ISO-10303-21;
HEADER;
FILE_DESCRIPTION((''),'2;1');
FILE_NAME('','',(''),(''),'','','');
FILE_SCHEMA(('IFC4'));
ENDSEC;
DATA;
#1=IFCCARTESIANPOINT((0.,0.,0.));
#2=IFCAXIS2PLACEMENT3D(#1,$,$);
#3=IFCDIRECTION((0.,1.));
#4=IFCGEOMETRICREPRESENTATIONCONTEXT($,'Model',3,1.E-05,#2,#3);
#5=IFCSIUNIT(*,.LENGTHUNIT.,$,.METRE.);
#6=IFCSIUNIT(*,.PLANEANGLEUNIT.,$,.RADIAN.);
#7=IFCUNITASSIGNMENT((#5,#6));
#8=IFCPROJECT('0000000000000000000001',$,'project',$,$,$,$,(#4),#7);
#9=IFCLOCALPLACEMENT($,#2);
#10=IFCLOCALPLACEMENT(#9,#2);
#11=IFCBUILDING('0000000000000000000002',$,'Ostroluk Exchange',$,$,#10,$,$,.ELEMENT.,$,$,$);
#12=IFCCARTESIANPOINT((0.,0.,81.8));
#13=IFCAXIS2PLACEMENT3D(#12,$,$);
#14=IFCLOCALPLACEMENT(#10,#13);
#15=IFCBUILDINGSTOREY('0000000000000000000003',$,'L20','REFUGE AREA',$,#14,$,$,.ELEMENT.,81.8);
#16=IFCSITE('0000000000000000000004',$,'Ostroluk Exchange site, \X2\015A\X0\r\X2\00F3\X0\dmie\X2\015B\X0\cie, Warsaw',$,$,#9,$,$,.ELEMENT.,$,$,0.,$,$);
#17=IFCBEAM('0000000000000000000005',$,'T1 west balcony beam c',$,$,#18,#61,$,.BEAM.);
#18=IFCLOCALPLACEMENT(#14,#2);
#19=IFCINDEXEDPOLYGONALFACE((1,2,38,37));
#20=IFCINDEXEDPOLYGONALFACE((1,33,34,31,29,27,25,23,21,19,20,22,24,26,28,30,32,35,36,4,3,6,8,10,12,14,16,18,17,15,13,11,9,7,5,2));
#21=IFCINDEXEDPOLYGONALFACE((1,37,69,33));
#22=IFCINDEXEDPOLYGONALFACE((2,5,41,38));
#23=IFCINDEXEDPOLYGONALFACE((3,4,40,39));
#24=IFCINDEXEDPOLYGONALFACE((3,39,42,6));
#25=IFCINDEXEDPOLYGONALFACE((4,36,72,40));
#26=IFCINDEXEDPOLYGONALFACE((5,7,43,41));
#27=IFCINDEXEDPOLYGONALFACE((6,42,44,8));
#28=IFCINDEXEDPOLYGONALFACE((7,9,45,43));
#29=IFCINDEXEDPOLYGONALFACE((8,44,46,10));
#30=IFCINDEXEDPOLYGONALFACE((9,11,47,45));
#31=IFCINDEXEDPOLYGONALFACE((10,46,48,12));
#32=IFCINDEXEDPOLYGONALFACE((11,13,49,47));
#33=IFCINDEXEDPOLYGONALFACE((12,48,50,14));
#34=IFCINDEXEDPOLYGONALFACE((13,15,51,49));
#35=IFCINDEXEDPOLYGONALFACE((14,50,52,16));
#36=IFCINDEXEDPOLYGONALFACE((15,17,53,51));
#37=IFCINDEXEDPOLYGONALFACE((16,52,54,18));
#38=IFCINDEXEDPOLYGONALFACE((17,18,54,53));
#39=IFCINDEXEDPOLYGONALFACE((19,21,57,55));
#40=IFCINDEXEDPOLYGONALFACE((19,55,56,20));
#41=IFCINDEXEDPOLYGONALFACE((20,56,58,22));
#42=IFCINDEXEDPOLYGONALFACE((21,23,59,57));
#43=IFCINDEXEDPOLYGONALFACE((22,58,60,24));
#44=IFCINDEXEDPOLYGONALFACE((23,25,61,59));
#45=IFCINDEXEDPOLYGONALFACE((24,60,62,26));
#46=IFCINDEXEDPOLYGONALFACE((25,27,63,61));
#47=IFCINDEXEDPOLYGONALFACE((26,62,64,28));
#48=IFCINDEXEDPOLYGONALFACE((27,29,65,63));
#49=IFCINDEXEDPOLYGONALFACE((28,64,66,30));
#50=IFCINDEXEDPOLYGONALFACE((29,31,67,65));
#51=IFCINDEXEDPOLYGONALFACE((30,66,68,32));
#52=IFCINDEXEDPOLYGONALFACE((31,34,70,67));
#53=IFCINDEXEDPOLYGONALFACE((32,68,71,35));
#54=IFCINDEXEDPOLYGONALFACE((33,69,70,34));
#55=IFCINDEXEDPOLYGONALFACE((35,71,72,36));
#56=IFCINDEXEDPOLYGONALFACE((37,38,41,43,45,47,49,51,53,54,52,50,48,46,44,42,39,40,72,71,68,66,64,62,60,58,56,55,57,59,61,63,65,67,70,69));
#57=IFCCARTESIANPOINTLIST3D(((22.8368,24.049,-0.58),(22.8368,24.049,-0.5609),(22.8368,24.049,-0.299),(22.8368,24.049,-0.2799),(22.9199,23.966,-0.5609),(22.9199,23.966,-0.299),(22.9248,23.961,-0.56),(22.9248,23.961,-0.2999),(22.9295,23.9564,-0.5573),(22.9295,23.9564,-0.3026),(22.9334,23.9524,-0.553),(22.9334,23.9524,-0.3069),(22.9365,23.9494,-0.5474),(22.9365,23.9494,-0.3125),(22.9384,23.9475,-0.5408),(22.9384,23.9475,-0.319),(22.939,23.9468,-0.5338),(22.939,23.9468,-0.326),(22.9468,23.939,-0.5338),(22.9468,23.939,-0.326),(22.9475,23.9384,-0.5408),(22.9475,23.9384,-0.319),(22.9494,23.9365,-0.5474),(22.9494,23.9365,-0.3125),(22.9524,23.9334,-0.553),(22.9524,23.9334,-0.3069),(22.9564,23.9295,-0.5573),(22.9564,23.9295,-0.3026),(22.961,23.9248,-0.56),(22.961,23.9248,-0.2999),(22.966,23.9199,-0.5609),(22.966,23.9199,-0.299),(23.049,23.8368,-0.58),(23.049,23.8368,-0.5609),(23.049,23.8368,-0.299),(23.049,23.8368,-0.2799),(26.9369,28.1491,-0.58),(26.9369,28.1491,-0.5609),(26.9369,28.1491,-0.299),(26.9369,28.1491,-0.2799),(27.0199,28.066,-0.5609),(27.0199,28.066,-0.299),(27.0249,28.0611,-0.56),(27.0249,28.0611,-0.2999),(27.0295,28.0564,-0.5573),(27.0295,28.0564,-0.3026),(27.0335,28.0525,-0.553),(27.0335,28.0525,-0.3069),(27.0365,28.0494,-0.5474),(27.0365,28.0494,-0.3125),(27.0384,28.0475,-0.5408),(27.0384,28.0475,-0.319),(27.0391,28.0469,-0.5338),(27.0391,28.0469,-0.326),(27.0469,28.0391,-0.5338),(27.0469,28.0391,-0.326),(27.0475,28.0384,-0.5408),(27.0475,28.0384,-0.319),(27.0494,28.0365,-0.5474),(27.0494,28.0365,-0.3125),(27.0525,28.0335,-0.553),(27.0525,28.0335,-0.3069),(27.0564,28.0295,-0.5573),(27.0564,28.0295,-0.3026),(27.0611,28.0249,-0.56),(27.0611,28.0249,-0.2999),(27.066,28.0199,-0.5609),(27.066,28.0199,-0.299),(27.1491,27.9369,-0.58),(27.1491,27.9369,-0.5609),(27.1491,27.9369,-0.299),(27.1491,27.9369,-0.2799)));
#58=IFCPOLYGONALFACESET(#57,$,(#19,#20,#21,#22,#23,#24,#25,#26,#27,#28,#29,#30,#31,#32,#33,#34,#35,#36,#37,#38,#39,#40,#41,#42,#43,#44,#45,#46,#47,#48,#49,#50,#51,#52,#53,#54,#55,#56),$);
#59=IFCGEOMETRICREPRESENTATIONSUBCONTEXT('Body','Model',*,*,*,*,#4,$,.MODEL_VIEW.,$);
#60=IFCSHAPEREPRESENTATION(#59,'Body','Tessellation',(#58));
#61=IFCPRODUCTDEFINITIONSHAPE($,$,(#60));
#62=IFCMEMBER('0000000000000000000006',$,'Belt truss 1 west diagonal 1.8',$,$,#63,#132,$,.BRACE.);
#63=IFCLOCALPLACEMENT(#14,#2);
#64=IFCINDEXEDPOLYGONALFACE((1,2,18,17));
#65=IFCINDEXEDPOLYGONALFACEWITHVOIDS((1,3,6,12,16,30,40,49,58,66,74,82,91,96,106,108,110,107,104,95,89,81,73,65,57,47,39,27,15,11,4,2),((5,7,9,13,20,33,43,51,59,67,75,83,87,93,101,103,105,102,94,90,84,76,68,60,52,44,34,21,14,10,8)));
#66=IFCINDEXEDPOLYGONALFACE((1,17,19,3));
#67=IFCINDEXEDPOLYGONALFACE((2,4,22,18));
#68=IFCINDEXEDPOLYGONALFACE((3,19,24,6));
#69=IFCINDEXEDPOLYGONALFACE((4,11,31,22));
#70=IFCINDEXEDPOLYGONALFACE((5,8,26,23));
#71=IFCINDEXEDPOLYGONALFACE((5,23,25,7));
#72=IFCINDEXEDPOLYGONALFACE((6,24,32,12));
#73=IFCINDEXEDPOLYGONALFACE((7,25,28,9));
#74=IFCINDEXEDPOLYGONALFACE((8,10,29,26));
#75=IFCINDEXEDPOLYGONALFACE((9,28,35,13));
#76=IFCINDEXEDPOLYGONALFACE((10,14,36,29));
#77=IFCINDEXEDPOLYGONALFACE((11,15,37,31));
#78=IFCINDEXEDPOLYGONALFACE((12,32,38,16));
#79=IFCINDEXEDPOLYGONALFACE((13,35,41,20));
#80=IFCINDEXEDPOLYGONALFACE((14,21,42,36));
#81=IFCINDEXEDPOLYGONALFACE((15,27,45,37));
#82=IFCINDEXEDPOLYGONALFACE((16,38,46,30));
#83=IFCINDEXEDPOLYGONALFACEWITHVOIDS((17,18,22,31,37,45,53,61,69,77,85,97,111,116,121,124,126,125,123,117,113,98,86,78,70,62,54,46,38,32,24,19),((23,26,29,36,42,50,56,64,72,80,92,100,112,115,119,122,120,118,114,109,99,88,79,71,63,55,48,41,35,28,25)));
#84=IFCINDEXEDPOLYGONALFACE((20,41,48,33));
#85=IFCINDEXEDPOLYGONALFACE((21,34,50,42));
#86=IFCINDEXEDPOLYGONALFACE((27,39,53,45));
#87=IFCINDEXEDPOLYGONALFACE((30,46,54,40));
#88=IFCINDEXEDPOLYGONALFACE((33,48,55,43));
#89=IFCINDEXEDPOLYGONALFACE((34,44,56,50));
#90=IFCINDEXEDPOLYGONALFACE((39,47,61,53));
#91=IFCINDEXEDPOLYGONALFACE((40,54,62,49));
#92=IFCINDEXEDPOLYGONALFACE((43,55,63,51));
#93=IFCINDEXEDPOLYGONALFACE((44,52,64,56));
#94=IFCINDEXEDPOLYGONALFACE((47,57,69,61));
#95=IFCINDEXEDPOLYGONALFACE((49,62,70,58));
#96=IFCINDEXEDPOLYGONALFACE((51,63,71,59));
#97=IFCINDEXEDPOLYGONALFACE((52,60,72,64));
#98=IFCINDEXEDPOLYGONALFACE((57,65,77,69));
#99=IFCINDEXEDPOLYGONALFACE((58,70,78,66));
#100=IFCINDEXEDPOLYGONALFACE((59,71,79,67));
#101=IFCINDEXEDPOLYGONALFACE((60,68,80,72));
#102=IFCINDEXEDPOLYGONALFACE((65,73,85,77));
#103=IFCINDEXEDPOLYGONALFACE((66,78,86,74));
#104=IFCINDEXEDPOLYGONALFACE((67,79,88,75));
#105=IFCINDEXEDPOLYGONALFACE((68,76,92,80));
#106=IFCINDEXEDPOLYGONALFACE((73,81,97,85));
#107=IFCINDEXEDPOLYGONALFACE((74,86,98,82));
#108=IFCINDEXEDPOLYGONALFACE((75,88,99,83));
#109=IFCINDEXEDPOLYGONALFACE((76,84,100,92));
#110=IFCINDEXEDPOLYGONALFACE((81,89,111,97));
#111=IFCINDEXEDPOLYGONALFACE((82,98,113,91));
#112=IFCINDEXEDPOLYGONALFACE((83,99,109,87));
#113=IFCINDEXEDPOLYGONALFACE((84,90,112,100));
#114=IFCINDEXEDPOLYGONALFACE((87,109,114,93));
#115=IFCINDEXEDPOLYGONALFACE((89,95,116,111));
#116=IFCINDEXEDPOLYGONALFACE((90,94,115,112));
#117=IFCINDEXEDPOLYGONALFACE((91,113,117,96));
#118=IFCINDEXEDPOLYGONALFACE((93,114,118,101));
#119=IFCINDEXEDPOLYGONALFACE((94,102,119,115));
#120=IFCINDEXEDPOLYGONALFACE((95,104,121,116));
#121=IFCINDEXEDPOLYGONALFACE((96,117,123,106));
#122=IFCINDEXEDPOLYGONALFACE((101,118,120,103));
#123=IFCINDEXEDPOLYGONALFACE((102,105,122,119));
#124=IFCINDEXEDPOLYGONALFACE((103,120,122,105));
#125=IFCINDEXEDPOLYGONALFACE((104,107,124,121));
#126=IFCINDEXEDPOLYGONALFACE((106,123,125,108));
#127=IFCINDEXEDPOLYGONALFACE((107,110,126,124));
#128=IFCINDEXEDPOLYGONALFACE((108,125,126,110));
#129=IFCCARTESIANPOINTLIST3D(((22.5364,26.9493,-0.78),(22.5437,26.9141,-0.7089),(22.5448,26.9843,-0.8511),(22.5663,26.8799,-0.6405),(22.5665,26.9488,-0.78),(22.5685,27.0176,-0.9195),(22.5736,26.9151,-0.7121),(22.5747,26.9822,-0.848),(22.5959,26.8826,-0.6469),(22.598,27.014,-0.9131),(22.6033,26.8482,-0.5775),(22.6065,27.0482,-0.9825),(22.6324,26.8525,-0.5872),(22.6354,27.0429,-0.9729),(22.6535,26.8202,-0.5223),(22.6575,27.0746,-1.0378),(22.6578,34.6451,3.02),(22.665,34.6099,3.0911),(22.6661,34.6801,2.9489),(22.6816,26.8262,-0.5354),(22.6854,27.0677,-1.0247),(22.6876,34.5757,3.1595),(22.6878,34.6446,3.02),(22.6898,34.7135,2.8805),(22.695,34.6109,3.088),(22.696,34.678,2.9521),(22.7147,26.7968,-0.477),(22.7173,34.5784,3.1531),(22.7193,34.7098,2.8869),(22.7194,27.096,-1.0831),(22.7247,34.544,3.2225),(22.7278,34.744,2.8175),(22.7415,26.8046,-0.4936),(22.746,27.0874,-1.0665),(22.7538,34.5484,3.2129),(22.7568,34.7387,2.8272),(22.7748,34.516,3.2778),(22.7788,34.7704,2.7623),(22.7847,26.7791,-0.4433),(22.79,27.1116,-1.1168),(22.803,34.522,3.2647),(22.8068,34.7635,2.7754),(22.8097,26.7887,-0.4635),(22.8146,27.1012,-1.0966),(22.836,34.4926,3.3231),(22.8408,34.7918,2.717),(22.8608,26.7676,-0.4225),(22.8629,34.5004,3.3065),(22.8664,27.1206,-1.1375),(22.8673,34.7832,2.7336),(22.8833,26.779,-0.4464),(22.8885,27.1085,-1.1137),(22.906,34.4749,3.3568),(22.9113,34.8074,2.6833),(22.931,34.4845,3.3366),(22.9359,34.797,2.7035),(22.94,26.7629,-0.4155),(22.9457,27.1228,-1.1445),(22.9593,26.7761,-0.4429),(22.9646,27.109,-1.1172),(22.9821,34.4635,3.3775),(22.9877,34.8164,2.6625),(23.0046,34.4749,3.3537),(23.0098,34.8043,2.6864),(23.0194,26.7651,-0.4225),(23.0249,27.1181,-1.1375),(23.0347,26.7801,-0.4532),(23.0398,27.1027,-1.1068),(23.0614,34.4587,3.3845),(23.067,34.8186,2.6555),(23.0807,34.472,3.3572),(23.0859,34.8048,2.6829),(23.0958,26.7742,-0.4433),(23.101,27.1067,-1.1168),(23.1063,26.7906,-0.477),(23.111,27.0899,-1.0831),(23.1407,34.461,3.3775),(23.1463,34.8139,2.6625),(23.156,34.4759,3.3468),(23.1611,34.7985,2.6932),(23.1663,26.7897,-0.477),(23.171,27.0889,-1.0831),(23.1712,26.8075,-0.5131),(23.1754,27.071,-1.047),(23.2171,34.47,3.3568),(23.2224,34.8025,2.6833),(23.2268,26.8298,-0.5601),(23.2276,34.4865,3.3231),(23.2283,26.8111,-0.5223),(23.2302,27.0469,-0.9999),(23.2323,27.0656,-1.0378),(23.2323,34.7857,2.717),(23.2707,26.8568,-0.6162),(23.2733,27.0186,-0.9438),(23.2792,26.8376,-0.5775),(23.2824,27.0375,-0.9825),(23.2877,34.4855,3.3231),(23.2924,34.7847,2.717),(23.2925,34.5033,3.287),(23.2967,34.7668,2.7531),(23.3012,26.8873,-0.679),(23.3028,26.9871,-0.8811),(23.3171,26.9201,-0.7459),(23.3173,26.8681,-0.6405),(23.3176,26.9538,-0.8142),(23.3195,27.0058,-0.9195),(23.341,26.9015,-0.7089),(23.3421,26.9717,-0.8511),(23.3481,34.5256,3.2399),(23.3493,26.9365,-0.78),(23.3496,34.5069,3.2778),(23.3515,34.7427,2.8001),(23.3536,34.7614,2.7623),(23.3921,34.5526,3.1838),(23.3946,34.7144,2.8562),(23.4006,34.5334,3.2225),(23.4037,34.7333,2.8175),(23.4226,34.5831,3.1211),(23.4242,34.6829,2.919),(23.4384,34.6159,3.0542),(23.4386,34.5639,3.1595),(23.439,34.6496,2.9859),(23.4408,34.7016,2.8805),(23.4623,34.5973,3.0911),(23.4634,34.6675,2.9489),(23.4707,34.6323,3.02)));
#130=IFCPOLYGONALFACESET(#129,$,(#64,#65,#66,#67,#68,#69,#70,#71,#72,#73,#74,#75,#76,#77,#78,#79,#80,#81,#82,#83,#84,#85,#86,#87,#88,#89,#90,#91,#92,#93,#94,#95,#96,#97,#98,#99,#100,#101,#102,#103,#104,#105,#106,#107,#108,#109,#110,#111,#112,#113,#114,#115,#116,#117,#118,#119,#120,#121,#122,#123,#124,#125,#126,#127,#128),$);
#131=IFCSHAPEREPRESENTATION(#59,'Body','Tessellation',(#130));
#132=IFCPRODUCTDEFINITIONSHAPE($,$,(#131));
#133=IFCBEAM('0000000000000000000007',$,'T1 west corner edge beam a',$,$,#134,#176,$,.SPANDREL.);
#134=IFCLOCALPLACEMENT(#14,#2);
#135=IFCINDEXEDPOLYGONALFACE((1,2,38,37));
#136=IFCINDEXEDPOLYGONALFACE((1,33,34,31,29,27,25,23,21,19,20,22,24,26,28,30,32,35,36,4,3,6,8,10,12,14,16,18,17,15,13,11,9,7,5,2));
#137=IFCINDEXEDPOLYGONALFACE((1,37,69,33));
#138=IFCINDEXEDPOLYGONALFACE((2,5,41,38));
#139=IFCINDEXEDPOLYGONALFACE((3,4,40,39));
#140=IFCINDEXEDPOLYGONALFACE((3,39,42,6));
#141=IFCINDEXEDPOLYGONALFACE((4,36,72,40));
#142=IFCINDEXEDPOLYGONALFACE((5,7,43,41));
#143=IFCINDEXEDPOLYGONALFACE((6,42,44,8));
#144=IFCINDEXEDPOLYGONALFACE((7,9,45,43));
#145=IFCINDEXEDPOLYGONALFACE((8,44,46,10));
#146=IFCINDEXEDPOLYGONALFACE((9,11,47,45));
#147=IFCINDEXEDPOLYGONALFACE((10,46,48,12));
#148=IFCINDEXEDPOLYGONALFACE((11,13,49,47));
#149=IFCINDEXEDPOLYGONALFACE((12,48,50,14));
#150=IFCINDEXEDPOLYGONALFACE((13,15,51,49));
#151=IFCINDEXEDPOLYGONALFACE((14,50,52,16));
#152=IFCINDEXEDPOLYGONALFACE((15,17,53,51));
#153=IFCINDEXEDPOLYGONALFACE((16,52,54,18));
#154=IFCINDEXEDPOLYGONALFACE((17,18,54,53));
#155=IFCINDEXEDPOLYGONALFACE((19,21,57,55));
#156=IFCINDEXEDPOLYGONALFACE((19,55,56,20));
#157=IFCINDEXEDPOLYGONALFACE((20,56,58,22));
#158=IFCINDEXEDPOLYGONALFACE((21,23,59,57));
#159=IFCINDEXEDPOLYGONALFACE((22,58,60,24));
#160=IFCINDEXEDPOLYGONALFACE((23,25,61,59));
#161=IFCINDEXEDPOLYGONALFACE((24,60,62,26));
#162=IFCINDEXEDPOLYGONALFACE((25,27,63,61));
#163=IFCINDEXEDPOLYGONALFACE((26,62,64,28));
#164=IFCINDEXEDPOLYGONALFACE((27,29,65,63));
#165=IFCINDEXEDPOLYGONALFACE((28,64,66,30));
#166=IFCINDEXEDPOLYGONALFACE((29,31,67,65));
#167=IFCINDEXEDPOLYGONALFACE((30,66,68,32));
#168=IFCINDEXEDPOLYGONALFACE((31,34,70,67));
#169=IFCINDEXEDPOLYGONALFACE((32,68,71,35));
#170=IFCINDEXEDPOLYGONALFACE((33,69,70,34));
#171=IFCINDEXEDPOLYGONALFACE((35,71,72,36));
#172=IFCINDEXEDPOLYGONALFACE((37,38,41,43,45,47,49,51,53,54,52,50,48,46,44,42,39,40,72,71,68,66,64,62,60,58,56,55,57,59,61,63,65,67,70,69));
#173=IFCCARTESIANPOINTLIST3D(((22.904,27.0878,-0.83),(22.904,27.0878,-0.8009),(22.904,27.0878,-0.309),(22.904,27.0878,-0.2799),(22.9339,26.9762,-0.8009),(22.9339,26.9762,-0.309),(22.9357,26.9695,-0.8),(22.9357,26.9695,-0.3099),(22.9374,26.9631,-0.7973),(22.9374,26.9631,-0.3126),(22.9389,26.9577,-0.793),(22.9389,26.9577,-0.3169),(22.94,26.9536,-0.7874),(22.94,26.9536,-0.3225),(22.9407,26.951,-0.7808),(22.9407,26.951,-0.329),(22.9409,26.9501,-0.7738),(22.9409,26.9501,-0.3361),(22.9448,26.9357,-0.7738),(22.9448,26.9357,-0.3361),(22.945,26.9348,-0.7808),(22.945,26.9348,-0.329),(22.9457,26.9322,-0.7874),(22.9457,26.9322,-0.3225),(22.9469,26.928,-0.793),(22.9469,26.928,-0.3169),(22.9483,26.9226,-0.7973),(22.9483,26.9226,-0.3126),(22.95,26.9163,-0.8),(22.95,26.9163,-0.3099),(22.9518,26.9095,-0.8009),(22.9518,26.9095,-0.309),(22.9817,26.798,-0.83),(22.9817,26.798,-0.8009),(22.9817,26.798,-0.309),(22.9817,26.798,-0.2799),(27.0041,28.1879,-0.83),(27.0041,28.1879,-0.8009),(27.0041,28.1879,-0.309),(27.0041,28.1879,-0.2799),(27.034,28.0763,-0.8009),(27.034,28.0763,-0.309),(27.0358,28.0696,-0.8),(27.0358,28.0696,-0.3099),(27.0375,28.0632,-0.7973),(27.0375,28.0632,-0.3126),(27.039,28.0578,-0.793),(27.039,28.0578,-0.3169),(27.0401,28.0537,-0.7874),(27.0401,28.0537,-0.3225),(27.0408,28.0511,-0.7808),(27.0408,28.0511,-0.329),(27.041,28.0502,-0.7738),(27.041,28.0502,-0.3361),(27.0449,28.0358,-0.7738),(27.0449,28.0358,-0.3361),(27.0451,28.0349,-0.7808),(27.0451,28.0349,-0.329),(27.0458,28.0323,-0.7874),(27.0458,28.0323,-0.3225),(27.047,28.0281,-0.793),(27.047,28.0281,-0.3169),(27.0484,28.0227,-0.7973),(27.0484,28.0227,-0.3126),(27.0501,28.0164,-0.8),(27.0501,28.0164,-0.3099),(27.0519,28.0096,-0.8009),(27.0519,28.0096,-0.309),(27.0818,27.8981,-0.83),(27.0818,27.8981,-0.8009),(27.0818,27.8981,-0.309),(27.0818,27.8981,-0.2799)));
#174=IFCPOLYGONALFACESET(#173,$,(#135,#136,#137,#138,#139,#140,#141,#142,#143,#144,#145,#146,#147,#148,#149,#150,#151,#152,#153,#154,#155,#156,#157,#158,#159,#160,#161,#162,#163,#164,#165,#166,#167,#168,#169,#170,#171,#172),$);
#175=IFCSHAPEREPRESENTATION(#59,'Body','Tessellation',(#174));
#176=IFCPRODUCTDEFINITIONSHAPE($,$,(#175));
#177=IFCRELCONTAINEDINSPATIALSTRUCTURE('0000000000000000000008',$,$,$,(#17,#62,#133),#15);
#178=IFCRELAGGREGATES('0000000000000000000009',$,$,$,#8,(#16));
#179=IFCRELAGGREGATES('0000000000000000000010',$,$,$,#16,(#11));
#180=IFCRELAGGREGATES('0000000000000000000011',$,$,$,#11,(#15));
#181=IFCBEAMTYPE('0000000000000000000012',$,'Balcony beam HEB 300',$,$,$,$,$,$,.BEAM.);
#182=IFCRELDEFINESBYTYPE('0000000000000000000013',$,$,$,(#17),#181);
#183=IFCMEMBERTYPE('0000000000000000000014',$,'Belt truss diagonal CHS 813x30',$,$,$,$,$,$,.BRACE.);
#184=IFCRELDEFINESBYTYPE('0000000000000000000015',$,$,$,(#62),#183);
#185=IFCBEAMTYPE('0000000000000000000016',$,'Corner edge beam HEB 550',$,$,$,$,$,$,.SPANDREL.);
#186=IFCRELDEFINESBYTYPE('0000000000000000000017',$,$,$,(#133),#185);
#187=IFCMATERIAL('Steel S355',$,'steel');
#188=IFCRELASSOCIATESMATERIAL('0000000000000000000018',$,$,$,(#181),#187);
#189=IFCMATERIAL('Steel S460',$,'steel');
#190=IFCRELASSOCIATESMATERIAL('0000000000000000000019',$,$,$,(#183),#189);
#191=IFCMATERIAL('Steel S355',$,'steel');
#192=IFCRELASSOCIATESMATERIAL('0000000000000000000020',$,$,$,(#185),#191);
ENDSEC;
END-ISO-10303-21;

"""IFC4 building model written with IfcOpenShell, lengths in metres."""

from ifc_helpers import new_model, si_unit, direction, frame, origin, origin_2d, place, context, subcontext, project, spatial, hollow_circle, i_section, extrude, material, material_profile, profile_set, type_object, element, save


model = new_model("IFC4")

# Units and contexts
model_context = context("Model", 3, precision=1e-05, world=origin(), true_north=direction((0.0, 1.0)))
body_context = subcontext(model_context, "Body", "Model", "MODEL_VIEW")
ifc_project = project(units=[si_unit("LENGTHUNIT", "METRE"), si_unit("PLANEANGLEUNIT", "RADIAN")], contexts=[model_context])

# Site, building, storey
site_placement = place(None, origin())
site = spatial("IfcSite", under=ifc_project, at=site_placement, Name="Ostroluk Exchange site, Śródmieście, Warsaw", CompositionType="ELEMENT", RefElevation=0.0)
building_placement = place(site_placement, origin())
building = spatial("IfcBuilding", under=site, at=building_placement, Name="Ostroluk Exchange", CompositionType="ELEMENT")
storey_placement = place(building_placement, frame((0.0, 0.0, 81.8)))
storey = spatial("IfcBuildingStorey", under=building, at=storey_placement, Name="L20", Description="REFUGE AREA", CompositionType="ELEMENT", Elevation=81.8)

# Beam
ifc_material_1 = material(Name="Steel S355", Category="steel")
ifc_material_profile_1 = material_profile(ifc_material_1, i_section(OverallWidth=0.3, OverallDepth=0.3, WebThickness=0.011, FlangeThickness=0.019, FilletRadius=0.0271, at=origin_2d()), Name="HEB 300")
ifc_profile_set_1 = profile_set([ifc_material_profile_1], Name="Steel S355")
beam_type_1 = type_object("IfcBeamType", Name="Balcony beam HEB 300", PredefinedType="BEAM", material=ifc_profile_set_1)
beam_1_placement = place(storey_placement, frame((27.043, 28.043, -0.4299), z_axis=(-0.707107, -0.707107, 0.0), x_axis=(0.707107, -0.707107, 0.0)))
element("IfcBeam", 1, at=beam_1_placement, inside=storey, type_object=beam_type_1, Name="T1 west balcony beam c", PredefinedType="BEAM", context=body_context, shape_type="SweptSolid", body=[
    extrude(i_section(OverallWidth=0.3, OverallDepth=0.3, WebThickness=0.011, FlangeThickness=0.019, FilletRadius=0.0271, at=origin_2d()), origin(), (0.0, 0.0, 1.0), 5.7983),
])

# Member
ifc_material_2 = material(Name="Steel S460", Category="steel")
ifc_material_profile_2 = material_profile(ifc_material_2, hollow_circle(Radius=0.4065, WallThickness=0.03, at=origin_2d()), Name="CHS 813x30")
ifc_profile_set_2 = profile_set([ifc_material_profile_2], Name="Steel S460")
member_type_1 = type_object("IfcMemberType", Name="Belt truss diagonal CHS 813x30", PredefinedType="BRACE", material=ifc_profile_set_2)
member_1_placement = place(storey_placement, frame((22.9429, 26.9429, -0.78), z_axis=(0.014136, 0.896557, 0.442704), x_axis=(-0.999876, 0.015765, 0.0)))
element("IfcMember", 2, at=member_1_placement, inside=storey, type_object=member_type_1, Name="Belt truss 1 west diagonal 1.8", PredefinedType="BRACE", context=body_context, shape_type="SweptSolid", body=[
    extrude(hollow_circle(Radius=0.4065, WallThickness=0.03, at=origin_2d()), origin(), (0.0, 0.0, 1.0), 8.5837),
])

# Beam
ifc_material_3 = material(Name="Steel S355", Category="steel")
ifc_material_profile_3 = material_profile(ifc_material_3, i_section(OverallWidth=0.3, OverallDepth=0.55, WebThickness=0.0149, FlangeThickness=0.0291, FilletRadius=0.0271, at=origin_2d()), Name="HEB 550")
ifc_profile_set_3 = profile_set([ifc_material_profile_3], Name="Steel S355")
beam_type_2 = type_object("IfcBeamType", Name="Corner edge beam HEB 550", PredefinedType="SPANDREL", material=ifc_profile_set_3)
for number, where, z_axis, x_axis, name in (
    (3, (27.043, 28.043, -0.5549), (-0.965839, -0.259144, 0.0), (0.259144, -0.965839, 0.0), "T1 west corner edge beam a"),
):
    element("IfcBeam", number, at=place(storey_placement, frame(where, z_axis=z_axis, x_axis=x_axis)), inside=storey, type_object=beam_type_2, Name=name, PredefinedType="SPANDREL", context=body_context, shape_type="SweptSolid", body=[
        extrude(i_section(OverallWidth=0.3, OverallDepth=0.55, WebThickness=0.0149, FlangeThickness=0.0291, FilletRadius=0.0271, at=origin_2d()), origin(), (0.0, 0.0, 1.0), 4.2451),
    ])

save(model, "model.ifc")
